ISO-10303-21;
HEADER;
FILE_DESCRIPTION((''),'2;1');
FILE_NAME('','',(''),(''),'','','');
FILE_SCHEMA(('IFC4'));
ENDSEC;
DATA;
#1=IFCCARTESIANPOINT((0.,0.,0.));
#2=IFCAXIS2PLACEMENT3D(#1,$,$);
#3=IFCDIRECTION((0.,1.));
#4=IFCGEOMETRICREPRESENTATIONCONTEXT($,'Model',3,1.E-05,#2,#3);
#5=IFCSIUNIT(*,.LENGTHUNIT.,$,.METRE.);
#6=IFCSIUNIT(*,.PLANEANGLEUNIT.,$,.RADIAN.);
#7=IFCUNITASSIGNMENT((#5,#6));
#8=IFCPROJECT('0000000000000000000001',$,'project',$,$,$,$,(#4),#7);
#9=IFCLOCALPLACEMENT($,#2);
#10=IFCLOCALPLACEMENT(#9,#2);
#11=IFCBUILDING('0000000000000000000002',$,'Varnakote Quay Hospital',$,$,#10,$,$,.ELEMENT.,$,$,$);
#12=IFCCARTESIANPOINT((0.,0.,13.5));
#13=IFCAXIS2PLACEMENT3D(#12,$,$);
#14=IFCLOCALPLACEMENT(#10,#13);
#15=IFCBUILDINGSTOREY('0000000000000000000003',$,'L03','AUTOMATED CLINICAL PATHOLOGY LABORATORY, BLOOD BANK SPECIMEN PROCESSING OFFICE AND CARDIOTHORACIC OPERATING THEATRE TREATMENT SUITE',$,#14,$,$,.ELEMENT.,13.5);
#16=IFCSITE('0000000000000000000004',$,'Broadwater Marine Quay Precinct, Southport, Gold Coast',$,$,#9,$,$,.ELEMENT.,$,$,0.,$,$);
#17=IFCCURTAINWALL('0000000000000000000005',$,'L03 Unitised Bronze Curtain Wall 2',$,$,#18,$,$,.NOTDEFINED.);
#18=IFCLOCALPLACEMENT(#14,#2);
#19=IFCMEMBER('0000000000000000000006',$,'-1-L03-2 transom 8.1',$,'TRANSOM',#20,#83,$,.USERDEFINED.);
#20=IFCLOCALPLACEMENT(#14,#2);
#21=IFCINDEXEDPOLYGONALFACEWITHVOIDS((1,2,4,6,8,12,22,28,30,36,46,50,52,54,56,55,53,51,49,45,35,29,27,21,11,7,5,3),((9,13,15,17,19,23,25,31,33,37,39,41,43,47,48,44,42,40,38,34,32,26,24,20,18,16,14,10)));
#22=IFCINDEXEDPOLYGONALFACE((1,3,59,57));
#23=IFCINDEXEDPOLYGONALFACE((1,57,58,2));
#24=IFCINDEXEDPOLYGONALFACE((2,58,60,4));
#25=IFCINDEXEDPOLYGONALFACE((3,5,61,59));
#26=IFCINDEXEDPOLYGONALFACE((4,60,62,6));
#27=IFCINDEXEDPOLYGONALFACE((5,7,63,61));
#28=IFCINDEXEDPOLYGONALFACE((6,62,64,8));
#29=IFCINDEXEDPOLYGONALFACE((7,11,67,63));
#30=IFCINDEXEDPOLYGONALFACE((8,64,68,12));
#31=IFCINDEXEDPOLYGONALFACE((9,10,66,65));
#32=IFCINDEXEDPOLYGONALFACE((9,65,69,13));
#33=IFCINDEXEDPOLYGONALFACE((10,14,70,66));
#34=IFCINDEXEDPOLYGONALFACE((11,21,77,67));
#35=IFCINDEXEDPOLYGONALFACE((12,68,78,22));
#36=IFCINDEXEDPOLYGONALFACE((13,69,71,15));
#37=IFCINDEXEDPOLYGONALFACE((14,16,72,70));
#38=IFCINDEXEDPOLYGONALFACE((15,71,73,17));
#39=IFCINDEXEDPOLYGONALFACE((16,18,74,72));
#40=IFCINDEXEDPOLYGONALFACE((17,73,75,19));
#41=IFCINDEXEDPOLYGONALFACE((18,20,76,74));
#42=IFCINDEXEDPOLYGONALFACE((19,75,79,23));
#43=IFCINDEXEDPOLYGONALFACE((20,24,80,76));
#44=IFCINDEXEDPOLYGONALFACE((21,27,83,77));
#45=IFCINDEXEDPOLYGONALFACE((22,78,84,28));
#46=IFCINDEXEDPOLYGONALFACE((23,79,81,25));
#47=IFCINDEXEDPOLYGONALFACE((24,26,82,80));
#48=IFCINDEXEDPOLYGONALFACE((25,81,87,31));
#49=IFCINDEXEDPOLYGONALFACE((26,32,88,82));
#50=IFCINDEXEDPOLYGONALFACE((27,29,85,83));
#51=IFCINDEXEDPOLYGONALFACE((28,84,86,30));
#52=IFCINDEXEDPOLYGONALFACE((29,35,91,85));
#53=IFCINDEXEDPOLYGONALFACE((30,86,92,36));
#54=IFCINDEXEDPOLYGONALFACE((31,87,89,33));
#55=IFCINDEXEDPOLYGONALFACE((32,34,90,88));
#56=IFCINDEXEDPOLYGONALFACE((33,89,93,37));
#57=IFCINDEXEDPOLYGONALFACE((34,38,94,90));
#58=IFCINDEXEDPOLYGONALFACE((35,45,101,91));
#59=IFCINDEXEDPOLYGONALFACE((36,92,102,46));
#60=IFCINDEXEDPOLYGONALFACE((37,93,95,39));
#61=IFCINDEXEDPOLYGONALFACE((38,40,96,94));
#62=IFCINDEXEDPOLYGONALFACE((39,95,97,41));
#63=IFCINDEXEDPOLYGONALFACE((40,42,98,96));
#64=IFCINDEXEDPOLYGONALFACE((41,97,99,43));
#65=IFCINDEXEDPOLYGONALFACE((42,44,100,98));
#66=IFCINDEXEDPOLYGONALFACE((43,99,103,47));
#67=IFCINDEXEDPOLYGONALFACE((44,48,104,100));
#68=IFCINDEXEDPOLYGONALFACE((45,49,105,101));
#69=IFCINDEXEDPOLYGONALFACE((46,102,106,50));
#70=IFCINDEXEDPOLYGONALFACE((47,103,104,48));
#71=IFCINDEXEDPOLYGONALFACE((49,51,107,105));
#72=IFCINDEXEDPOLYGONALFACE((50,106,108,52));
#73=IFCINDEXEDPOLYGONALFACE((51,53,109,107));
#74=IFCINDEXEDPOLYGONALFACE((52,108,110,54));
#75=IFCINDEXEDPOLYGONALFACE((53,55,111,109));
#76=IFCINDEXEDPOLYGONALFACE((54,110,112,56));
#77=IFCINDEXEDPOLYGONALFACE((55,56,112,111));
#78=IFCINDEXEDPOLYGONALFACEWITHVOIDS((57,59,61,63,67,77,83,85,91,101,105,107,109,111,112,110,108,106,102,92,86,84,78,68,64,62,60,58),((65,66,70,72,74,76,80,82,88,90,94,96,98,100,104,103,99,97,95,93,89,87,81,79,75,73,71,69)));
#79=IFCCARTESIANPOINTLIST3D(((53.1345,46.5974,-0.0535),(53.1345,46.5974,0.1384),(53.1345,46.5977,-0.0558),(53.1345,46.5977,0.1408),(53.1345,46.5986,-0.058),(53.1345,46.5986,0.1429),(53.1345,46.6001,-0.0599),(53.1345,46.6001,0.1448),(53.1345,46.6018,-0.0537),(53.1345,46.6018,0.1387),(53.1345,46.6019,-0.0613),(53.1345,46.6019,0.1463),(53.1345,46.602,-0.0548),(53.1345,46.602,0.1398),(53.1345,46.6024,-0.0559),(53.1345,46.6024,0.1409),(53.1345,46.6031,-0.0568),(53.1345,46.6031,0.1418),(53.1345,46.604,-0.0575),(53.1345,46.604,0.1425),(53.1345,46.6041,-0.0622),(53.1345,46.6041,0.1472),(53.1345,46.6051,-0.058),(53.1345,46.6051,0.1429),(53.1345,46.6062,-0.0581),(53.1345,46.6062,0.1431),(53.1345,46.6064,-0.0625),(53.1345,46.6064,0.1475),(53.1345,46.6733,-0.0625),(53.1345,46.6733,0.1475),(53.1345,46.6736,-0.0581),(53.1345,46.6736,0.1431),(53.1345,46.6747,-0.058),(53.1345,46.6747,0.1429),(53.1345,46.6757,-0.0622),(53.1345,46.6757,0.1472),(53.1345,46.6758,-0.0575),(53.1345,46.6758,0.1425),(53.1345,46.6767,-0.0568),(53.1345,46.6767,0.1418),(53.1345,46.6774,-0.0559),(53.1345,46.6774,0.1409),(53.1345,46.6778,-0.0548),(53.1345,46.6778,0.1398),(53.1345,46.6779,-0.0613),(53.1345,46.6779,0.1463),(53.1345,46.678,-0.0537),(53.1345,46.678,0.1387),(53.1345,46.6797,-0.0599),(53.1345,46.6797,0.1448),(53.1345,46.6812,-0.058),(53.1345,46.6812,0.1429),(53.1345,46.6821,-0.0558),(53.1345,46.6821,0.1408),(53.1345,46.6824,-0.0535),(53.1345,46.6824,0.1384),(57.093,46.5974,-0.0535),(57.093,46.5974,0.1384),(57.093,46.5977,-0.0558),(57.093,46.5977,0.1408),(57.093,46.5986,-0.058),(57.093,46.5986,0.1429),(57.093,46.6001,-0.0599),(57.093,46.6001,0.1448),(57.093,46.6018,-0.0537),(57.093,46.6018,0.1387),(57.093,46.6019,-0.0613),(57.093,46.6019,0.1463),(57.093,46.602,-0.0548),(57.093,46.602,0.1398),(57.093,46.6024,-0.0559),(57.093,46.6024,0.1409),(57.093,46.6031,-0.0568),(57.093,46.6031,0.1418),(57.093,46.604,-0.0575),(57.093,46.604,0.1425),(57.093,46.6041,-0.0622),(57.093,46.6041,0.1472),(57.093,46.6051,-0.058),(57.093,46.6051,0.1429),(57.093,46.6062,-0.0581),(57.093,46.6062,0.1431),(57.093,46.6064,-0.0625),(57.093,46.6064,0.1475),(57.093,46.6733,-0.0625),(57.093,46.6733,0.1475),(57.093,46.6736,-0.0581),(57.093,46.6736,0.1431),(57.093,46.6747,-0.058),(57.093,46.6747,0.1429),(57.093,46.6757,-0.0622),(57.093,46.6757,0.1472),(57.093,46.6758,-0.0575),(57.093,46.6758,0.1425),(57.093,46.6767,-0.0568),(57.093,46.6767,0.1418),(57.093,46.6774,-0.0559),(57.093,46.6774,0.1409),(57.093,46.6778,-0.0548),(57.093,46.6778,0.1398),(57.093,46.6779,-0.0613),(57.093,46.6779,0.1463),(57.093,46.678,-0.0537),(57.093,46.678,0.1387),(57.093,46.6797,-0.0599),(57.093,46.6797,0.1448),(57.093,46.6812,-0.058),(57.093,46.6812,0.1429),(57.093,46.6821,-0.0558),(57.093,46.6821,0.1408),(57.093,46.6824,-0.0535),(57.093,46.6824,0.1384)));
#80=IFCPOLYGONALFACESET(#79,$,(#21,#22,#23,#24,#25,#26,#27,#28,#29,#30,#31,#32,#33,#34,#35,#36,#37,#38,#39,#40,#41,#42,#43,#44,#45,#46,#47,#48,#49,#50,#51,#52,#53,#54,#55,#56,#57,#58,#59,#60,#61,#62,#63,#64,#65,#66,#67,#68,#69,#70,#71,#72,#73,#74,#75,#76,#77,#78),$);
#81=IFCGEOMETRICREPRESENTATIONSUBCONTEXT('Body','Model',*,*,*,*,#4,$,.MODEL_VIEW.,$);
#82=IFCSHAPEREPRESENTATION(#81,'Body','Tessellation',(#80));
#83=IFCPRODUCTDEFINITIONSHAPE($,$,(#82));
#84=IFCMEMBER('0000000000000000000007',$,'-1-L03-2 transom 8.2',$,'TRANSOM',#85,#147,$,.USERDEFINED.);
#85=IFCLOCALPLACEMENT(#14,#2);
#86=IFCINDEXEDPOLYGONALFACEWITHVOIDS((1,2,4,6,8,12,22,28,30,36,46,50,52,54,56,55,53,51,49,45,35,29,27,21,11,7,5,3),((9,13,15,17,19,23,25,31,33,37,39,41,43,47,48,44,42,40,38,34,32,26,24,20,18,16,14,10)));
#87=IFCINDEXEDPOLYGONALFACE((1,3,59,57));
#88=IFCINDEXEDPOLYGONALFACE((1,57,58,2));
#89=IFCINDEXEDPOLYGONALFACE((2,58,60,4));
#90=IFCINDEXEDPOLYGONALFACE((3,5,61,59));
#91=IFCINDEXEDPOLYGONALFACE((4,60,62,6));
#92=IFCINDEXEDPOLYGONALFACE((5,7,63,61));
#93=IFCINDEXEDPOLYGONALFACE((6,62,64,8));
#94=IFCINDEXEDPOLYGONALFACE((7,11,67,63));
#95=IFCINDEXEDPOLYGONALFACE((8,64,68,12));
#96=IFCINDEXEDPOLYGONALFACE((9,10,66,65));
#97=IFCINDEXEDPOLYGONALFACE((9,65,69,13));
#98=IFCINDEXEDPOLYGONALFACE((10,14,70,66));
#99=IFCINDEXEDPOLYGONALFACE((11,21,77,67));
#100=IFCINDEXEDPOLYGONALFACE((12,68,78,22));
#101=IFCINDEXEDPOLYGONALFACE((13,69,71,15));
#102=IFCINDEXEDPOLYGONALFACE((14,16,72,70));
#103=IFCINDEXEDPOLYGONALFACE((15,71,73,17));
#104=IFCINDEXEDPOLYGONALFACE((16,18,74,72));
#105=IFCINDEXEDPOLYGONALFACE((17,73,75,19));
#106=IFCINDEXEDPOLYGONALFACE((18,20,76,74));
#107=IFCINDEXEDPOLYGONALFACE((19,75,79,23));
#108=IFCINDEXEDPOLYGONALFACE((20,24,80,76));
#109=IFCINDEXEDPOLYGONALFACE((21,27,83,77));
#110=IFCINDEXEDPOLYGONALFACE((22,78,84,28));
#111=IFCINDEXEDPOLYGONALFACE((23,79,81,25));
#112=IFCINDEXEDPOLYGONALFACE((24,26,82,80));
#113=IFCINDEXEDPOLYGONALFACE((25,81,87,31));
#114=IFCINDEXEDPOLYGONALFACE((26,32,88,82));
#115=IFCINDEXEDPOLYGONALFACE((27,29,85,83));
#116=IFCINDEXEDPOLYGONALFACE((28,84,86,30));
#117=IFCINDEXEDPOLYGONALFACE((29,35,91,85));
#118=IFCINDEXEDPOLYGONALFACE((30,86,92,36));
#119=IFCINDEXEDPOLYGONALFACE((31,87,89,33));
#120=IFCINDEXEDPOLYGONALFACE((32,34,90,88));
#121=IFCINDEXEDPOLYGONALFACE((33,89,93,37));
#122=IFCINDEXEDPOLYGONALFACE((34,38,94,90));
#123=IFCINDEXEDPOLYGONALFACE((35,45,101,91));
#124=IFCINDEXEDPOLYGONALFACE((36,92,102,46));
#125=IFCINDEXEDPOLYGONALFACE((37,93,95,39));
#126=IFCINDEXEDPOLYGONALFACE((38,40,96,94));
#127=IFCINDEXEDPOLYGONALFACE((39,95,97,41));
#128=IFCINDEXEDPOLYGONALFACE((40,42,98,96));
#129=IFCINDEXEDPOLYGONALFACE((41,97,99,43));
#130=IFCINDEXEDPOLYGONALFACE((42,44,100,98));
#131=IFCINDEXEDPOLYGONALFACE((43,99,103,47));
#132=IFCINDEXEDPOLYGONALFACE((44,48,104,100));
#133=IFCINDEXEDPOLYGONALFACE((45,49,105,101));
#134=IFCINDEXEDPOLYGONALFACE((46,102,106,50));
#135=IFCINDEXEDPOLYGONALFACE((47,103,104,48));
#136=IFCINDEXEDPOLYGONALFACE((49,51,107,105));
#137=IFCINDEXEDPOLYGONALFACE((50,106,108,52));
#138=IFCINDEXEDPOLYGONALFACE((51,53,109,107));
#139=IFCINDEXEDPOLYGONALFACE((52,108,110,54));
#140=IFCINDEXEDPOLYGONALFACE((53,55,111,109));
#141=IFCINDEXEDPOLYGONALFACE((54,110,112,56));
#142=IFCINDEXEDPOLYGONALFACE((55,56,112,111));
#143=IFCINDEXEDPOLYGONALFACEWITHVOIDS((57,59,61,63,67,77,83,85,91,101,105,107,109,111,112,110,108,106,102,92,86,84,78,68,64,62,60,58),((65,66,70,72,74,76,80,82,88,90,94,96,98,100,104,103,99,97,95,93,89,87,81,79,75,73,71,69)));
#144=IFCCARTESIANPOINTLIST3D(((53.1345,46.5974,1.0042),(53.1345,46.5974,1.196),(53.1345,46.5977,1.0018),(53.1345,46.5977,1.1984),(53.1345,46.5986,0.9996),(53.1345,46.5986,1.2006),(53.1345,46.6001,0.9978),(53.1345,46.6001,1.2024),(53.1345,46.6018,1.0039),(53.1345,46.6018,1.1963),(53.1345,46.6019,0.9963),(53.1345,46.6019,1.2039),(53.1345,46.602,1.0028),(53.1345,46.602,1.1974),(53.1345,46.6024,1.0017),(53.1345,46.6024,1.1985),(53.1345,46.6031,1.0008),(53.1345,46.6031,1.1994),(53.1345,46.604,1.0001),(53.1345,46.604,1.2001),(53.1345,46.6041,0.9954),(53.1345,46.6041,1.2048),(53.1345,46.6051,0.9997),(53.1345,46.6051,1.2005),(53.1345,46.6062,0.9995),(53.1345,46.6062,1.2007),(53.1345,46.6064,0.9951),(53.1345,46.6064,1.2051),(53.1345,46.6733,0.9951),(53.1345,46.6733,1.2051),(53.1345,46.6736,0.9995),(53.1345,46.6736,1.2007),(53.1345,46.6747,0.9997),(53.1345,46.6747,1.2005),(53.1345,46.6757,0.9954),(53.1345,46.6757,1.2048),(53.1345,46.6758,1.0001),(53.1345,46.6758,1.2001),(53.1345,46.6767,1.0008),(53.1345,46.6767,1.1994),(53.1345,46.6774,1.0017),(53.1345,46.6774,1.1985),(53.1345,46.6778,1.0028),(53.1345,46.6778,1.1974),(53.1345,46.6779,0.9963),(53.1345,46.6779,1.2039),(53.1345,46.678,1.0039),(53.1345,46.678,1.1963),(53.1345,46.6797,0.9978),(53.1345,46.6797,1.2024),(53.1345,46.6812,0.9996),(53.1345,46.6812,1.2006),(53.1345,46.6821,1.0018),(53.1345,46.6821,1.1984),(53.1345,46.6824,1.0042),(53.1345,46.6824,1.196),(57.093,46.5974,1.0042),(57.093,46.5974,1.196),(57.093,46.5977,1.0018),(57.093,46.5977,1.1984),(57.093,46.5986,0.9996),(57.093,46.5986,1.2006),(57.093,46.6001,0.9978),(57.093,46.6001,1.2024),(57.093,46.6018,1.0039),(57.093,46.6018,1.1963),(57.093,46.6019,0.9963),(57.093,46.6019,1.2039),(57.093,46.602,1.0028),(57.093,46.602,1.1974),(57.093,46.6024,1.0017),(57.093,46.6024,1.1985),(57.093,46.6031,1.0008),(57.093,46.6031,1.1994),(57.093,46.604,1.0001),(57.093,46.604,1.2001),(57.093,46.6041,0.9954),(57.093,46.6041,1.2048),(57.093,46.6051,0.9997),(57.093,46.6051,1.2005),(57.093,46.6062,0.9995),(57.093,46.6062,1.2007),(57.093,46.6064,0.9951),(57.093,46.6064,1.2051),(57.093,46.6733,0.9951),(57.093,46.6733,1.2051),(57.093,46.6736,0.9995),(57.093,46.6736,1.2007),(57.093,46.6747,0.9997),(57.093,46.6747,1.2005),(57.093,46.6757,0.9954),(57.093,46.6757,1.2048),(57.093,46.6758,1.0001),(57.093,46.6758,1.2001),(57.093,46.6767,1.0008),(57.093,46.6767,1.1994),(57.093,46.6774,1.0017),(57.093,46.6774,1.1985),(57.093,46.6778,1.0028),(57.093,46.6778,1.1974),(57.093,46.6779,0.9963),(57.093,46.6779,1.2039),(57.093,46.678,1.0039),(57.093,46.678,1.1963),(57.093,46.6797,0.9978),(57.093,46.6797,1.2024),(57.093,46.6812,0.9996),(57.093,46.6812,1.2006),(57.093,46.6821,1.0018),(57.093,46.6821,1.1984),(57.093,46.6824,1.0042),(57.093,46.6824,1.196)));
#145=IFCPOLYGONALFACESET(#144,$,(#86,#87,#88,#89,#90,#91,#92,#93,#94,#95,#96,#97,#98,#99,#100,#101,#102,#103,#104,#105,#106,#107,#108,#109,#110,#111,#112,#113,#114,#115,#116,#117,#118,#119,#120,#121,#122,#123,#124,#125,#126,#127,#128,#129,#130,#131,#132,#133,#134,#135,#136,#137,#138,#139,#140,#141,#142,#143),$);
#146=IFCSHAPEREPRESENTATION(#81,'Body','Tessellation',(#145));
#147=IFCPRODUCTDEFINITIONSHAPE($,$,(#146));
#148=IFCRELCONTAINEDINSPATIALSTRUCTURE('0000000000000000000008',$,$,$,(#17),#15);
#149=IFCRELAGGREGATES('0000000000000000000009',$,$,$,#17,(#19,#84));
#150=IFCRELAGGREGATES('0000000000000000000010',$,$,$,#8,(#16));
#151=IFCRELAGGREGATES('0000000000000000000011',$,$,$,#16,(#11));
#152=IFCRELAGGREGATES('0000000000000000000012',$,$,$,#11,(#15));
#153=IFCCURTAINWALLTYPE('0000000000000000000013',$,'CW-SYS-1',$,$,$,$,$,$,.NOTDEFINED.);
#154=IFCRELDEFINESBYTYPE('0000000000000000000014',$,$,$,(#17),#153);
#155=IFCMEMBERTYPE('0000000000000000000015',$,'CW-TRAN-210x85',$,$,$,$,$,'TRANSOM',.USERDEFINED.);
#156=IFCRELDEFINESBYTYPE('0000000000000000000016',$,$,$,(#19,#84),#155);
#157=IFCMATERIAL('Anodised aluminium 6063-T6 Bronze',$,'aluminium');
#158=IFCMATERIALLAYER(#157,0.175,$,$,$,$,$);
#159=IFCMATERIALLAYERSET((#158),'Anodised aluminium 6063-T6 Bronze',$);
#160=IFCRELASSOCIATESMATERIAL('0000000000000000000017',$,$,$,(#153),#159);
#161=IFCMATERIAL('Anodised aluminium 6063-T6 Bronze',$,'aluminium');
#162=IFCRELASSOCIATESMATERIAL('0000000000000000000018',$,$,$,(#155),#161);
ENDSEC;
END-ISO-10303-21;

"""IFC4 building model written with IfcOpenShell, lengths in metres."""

from ifc_helpers import new_model, si_unit, direction, frame, origin, origin_2d, place, context, subcontext, project, spatial, hollow_rectangle, extrude, material, layer, layer_set, material_profile, profile_set, type_object, element, aggregate, save


model = new_model("IFC4")

# Units and contexts
model_context = context("Model", 3, precision=1e-05, world=origin(), true_north=direction((0.0, 1.0)))
body_context = subcontext(model_context, "Body", "Model", "MODEL_VIEW")
ifc_project = project(units=[si_unit("LENGTHUNIT", "METRE"), si_unit("PLANEANGLEUNIT", "RADIAN")], contexts=[model_context])

# Site, building, storey
site_placement = place(None, origin())
site = spatial("IfcSite", under=ifc_project, at=site_placement, Name="Broadwater Marine Quay Precinct, Southport, Gold Coast", CompositionType="ELEMENT", RefElevation=0.0)
building_placement = place(site_placement, origin())
building = spatial("IfcBuilding", under=site, at=building_placement, Name="Varnakote Quay Hospital", CompositionType="ELEMENT")
storey_placement = place(building_placement, frame((0.0, 0.0, 13.5)))
storey = spatial("IfcBuildingStorey", under=building, at=storey_placement, Name="L03", Description="AUTOMATED CLINICAL PATHOLOGY LABORATORY, BLOOD BANK SPECIMEN PROCESSING OFFICE AND CARDIOTHORACIC OPERATING THEATRE TREATMENT SUITE", CompositionType="ELEMENT", Elevation=13.5)

# Curtain wall, members
ifc_material_1 = material(Name="Anodised aluminium 6063-T6 Bronze", Category="aluminium")
ifc_layer_1 = layer(ifc_material_1, 0.175)
ifc_layer_set_1 = layer_set([ifc_layer_1], Name="Anodised aluminium 6063-T6 Bronze")
curtain_wall_type = type_object("IfcCurtainWallType", Name="CW-SYS-1", PredefinedType="NOTDEFINED", material=ifc_layer_set_1)
curtain_wall_placement = place(storey_placement, origin())
curtain_wall = element("IfcCurtainWall", 1, at=curtain_wall_placement, inside=storey, type_object=curtain_wall_type, Name="L03 Unitised Bronze Curtain Wall 2", PredefinedType="NOTDEFINED")
ifc_material_2 = material(Name="Anodised aluminium 6063-T6 Bronze", Category="aluminium")
ifc_material_profile_1 = material_profile(ifc_material_2, hollow_rectangle(XDim=0.085, YDim=0.21, WallThickness=0.0044, InnerFilletRadius=0.0044, OuterFilletRadius=0.009, at=origin_2d()), Name="CW-TRAN-210x85")
ifc_profile_set_1 = profile_set([ifc_material_profile_1], Name="Anodised aluminium 6063-T6 Bronze")
member_type_1 = type_object("IfcMemberType", Name="CW-TRAN-210x85", ElementType="TRANSOM", PredefinedType="USERDEFINED", material=ifc_profile_set_1)
member_1_placement = place(storey_placement, frame((57.093, 46.6399, 0.0425), z_axis=(-1.0, 0.0, 0.0), x_axis=(0.0, -1.0, 0.0)))
member_1 = element("IfcMember", 2, at=member_1_placement, type_object=member_type_1, Name="-1-L03-2 transom 8.1", ObjectType="TRANSOM", PredefinedType="USERDEFINED", context=body_context, shape_type="SweptSolid", body=[
    extrude(hollow_rectangle(XDim=0.085, YDim=0.21, WallThickness=0.0044, InnerFilletRadius=0.0044, OuterFilletRadius=0.009, at=origin_2d()), origin(), (0.0, 0.0, 1.0), 3.9585),
])
member_2_placement = place(storey_placement, frame((57.093, 46.6399, 1.1001), z_axis=(-1.0, 0.0, 0.0), x_axis=(0.0, -1.0, 0.0)))
member_2 = element("IfcMember", 3, at=member_2_placement, type_object=member_type_1, Name="-1-L03-2 transom 8.2", ObjectType="TRANSOM", PredefinedType="USERDEFINED", context=body_context, shape_type="SweptSolid", body=[
    extrude(hollow_rectangle(XDim=0.085, YDim=0.21, WallThickness=0.0044, InnerFilletRadius=0.0044, OuterFilletRadius=0.009, at=origin_2d()), origin(), (0.0, 0.0, 1.0), 3.9585),
])

aggregate(curtain_wall, [member_1, member_2])

save(model, "model.ifc")
